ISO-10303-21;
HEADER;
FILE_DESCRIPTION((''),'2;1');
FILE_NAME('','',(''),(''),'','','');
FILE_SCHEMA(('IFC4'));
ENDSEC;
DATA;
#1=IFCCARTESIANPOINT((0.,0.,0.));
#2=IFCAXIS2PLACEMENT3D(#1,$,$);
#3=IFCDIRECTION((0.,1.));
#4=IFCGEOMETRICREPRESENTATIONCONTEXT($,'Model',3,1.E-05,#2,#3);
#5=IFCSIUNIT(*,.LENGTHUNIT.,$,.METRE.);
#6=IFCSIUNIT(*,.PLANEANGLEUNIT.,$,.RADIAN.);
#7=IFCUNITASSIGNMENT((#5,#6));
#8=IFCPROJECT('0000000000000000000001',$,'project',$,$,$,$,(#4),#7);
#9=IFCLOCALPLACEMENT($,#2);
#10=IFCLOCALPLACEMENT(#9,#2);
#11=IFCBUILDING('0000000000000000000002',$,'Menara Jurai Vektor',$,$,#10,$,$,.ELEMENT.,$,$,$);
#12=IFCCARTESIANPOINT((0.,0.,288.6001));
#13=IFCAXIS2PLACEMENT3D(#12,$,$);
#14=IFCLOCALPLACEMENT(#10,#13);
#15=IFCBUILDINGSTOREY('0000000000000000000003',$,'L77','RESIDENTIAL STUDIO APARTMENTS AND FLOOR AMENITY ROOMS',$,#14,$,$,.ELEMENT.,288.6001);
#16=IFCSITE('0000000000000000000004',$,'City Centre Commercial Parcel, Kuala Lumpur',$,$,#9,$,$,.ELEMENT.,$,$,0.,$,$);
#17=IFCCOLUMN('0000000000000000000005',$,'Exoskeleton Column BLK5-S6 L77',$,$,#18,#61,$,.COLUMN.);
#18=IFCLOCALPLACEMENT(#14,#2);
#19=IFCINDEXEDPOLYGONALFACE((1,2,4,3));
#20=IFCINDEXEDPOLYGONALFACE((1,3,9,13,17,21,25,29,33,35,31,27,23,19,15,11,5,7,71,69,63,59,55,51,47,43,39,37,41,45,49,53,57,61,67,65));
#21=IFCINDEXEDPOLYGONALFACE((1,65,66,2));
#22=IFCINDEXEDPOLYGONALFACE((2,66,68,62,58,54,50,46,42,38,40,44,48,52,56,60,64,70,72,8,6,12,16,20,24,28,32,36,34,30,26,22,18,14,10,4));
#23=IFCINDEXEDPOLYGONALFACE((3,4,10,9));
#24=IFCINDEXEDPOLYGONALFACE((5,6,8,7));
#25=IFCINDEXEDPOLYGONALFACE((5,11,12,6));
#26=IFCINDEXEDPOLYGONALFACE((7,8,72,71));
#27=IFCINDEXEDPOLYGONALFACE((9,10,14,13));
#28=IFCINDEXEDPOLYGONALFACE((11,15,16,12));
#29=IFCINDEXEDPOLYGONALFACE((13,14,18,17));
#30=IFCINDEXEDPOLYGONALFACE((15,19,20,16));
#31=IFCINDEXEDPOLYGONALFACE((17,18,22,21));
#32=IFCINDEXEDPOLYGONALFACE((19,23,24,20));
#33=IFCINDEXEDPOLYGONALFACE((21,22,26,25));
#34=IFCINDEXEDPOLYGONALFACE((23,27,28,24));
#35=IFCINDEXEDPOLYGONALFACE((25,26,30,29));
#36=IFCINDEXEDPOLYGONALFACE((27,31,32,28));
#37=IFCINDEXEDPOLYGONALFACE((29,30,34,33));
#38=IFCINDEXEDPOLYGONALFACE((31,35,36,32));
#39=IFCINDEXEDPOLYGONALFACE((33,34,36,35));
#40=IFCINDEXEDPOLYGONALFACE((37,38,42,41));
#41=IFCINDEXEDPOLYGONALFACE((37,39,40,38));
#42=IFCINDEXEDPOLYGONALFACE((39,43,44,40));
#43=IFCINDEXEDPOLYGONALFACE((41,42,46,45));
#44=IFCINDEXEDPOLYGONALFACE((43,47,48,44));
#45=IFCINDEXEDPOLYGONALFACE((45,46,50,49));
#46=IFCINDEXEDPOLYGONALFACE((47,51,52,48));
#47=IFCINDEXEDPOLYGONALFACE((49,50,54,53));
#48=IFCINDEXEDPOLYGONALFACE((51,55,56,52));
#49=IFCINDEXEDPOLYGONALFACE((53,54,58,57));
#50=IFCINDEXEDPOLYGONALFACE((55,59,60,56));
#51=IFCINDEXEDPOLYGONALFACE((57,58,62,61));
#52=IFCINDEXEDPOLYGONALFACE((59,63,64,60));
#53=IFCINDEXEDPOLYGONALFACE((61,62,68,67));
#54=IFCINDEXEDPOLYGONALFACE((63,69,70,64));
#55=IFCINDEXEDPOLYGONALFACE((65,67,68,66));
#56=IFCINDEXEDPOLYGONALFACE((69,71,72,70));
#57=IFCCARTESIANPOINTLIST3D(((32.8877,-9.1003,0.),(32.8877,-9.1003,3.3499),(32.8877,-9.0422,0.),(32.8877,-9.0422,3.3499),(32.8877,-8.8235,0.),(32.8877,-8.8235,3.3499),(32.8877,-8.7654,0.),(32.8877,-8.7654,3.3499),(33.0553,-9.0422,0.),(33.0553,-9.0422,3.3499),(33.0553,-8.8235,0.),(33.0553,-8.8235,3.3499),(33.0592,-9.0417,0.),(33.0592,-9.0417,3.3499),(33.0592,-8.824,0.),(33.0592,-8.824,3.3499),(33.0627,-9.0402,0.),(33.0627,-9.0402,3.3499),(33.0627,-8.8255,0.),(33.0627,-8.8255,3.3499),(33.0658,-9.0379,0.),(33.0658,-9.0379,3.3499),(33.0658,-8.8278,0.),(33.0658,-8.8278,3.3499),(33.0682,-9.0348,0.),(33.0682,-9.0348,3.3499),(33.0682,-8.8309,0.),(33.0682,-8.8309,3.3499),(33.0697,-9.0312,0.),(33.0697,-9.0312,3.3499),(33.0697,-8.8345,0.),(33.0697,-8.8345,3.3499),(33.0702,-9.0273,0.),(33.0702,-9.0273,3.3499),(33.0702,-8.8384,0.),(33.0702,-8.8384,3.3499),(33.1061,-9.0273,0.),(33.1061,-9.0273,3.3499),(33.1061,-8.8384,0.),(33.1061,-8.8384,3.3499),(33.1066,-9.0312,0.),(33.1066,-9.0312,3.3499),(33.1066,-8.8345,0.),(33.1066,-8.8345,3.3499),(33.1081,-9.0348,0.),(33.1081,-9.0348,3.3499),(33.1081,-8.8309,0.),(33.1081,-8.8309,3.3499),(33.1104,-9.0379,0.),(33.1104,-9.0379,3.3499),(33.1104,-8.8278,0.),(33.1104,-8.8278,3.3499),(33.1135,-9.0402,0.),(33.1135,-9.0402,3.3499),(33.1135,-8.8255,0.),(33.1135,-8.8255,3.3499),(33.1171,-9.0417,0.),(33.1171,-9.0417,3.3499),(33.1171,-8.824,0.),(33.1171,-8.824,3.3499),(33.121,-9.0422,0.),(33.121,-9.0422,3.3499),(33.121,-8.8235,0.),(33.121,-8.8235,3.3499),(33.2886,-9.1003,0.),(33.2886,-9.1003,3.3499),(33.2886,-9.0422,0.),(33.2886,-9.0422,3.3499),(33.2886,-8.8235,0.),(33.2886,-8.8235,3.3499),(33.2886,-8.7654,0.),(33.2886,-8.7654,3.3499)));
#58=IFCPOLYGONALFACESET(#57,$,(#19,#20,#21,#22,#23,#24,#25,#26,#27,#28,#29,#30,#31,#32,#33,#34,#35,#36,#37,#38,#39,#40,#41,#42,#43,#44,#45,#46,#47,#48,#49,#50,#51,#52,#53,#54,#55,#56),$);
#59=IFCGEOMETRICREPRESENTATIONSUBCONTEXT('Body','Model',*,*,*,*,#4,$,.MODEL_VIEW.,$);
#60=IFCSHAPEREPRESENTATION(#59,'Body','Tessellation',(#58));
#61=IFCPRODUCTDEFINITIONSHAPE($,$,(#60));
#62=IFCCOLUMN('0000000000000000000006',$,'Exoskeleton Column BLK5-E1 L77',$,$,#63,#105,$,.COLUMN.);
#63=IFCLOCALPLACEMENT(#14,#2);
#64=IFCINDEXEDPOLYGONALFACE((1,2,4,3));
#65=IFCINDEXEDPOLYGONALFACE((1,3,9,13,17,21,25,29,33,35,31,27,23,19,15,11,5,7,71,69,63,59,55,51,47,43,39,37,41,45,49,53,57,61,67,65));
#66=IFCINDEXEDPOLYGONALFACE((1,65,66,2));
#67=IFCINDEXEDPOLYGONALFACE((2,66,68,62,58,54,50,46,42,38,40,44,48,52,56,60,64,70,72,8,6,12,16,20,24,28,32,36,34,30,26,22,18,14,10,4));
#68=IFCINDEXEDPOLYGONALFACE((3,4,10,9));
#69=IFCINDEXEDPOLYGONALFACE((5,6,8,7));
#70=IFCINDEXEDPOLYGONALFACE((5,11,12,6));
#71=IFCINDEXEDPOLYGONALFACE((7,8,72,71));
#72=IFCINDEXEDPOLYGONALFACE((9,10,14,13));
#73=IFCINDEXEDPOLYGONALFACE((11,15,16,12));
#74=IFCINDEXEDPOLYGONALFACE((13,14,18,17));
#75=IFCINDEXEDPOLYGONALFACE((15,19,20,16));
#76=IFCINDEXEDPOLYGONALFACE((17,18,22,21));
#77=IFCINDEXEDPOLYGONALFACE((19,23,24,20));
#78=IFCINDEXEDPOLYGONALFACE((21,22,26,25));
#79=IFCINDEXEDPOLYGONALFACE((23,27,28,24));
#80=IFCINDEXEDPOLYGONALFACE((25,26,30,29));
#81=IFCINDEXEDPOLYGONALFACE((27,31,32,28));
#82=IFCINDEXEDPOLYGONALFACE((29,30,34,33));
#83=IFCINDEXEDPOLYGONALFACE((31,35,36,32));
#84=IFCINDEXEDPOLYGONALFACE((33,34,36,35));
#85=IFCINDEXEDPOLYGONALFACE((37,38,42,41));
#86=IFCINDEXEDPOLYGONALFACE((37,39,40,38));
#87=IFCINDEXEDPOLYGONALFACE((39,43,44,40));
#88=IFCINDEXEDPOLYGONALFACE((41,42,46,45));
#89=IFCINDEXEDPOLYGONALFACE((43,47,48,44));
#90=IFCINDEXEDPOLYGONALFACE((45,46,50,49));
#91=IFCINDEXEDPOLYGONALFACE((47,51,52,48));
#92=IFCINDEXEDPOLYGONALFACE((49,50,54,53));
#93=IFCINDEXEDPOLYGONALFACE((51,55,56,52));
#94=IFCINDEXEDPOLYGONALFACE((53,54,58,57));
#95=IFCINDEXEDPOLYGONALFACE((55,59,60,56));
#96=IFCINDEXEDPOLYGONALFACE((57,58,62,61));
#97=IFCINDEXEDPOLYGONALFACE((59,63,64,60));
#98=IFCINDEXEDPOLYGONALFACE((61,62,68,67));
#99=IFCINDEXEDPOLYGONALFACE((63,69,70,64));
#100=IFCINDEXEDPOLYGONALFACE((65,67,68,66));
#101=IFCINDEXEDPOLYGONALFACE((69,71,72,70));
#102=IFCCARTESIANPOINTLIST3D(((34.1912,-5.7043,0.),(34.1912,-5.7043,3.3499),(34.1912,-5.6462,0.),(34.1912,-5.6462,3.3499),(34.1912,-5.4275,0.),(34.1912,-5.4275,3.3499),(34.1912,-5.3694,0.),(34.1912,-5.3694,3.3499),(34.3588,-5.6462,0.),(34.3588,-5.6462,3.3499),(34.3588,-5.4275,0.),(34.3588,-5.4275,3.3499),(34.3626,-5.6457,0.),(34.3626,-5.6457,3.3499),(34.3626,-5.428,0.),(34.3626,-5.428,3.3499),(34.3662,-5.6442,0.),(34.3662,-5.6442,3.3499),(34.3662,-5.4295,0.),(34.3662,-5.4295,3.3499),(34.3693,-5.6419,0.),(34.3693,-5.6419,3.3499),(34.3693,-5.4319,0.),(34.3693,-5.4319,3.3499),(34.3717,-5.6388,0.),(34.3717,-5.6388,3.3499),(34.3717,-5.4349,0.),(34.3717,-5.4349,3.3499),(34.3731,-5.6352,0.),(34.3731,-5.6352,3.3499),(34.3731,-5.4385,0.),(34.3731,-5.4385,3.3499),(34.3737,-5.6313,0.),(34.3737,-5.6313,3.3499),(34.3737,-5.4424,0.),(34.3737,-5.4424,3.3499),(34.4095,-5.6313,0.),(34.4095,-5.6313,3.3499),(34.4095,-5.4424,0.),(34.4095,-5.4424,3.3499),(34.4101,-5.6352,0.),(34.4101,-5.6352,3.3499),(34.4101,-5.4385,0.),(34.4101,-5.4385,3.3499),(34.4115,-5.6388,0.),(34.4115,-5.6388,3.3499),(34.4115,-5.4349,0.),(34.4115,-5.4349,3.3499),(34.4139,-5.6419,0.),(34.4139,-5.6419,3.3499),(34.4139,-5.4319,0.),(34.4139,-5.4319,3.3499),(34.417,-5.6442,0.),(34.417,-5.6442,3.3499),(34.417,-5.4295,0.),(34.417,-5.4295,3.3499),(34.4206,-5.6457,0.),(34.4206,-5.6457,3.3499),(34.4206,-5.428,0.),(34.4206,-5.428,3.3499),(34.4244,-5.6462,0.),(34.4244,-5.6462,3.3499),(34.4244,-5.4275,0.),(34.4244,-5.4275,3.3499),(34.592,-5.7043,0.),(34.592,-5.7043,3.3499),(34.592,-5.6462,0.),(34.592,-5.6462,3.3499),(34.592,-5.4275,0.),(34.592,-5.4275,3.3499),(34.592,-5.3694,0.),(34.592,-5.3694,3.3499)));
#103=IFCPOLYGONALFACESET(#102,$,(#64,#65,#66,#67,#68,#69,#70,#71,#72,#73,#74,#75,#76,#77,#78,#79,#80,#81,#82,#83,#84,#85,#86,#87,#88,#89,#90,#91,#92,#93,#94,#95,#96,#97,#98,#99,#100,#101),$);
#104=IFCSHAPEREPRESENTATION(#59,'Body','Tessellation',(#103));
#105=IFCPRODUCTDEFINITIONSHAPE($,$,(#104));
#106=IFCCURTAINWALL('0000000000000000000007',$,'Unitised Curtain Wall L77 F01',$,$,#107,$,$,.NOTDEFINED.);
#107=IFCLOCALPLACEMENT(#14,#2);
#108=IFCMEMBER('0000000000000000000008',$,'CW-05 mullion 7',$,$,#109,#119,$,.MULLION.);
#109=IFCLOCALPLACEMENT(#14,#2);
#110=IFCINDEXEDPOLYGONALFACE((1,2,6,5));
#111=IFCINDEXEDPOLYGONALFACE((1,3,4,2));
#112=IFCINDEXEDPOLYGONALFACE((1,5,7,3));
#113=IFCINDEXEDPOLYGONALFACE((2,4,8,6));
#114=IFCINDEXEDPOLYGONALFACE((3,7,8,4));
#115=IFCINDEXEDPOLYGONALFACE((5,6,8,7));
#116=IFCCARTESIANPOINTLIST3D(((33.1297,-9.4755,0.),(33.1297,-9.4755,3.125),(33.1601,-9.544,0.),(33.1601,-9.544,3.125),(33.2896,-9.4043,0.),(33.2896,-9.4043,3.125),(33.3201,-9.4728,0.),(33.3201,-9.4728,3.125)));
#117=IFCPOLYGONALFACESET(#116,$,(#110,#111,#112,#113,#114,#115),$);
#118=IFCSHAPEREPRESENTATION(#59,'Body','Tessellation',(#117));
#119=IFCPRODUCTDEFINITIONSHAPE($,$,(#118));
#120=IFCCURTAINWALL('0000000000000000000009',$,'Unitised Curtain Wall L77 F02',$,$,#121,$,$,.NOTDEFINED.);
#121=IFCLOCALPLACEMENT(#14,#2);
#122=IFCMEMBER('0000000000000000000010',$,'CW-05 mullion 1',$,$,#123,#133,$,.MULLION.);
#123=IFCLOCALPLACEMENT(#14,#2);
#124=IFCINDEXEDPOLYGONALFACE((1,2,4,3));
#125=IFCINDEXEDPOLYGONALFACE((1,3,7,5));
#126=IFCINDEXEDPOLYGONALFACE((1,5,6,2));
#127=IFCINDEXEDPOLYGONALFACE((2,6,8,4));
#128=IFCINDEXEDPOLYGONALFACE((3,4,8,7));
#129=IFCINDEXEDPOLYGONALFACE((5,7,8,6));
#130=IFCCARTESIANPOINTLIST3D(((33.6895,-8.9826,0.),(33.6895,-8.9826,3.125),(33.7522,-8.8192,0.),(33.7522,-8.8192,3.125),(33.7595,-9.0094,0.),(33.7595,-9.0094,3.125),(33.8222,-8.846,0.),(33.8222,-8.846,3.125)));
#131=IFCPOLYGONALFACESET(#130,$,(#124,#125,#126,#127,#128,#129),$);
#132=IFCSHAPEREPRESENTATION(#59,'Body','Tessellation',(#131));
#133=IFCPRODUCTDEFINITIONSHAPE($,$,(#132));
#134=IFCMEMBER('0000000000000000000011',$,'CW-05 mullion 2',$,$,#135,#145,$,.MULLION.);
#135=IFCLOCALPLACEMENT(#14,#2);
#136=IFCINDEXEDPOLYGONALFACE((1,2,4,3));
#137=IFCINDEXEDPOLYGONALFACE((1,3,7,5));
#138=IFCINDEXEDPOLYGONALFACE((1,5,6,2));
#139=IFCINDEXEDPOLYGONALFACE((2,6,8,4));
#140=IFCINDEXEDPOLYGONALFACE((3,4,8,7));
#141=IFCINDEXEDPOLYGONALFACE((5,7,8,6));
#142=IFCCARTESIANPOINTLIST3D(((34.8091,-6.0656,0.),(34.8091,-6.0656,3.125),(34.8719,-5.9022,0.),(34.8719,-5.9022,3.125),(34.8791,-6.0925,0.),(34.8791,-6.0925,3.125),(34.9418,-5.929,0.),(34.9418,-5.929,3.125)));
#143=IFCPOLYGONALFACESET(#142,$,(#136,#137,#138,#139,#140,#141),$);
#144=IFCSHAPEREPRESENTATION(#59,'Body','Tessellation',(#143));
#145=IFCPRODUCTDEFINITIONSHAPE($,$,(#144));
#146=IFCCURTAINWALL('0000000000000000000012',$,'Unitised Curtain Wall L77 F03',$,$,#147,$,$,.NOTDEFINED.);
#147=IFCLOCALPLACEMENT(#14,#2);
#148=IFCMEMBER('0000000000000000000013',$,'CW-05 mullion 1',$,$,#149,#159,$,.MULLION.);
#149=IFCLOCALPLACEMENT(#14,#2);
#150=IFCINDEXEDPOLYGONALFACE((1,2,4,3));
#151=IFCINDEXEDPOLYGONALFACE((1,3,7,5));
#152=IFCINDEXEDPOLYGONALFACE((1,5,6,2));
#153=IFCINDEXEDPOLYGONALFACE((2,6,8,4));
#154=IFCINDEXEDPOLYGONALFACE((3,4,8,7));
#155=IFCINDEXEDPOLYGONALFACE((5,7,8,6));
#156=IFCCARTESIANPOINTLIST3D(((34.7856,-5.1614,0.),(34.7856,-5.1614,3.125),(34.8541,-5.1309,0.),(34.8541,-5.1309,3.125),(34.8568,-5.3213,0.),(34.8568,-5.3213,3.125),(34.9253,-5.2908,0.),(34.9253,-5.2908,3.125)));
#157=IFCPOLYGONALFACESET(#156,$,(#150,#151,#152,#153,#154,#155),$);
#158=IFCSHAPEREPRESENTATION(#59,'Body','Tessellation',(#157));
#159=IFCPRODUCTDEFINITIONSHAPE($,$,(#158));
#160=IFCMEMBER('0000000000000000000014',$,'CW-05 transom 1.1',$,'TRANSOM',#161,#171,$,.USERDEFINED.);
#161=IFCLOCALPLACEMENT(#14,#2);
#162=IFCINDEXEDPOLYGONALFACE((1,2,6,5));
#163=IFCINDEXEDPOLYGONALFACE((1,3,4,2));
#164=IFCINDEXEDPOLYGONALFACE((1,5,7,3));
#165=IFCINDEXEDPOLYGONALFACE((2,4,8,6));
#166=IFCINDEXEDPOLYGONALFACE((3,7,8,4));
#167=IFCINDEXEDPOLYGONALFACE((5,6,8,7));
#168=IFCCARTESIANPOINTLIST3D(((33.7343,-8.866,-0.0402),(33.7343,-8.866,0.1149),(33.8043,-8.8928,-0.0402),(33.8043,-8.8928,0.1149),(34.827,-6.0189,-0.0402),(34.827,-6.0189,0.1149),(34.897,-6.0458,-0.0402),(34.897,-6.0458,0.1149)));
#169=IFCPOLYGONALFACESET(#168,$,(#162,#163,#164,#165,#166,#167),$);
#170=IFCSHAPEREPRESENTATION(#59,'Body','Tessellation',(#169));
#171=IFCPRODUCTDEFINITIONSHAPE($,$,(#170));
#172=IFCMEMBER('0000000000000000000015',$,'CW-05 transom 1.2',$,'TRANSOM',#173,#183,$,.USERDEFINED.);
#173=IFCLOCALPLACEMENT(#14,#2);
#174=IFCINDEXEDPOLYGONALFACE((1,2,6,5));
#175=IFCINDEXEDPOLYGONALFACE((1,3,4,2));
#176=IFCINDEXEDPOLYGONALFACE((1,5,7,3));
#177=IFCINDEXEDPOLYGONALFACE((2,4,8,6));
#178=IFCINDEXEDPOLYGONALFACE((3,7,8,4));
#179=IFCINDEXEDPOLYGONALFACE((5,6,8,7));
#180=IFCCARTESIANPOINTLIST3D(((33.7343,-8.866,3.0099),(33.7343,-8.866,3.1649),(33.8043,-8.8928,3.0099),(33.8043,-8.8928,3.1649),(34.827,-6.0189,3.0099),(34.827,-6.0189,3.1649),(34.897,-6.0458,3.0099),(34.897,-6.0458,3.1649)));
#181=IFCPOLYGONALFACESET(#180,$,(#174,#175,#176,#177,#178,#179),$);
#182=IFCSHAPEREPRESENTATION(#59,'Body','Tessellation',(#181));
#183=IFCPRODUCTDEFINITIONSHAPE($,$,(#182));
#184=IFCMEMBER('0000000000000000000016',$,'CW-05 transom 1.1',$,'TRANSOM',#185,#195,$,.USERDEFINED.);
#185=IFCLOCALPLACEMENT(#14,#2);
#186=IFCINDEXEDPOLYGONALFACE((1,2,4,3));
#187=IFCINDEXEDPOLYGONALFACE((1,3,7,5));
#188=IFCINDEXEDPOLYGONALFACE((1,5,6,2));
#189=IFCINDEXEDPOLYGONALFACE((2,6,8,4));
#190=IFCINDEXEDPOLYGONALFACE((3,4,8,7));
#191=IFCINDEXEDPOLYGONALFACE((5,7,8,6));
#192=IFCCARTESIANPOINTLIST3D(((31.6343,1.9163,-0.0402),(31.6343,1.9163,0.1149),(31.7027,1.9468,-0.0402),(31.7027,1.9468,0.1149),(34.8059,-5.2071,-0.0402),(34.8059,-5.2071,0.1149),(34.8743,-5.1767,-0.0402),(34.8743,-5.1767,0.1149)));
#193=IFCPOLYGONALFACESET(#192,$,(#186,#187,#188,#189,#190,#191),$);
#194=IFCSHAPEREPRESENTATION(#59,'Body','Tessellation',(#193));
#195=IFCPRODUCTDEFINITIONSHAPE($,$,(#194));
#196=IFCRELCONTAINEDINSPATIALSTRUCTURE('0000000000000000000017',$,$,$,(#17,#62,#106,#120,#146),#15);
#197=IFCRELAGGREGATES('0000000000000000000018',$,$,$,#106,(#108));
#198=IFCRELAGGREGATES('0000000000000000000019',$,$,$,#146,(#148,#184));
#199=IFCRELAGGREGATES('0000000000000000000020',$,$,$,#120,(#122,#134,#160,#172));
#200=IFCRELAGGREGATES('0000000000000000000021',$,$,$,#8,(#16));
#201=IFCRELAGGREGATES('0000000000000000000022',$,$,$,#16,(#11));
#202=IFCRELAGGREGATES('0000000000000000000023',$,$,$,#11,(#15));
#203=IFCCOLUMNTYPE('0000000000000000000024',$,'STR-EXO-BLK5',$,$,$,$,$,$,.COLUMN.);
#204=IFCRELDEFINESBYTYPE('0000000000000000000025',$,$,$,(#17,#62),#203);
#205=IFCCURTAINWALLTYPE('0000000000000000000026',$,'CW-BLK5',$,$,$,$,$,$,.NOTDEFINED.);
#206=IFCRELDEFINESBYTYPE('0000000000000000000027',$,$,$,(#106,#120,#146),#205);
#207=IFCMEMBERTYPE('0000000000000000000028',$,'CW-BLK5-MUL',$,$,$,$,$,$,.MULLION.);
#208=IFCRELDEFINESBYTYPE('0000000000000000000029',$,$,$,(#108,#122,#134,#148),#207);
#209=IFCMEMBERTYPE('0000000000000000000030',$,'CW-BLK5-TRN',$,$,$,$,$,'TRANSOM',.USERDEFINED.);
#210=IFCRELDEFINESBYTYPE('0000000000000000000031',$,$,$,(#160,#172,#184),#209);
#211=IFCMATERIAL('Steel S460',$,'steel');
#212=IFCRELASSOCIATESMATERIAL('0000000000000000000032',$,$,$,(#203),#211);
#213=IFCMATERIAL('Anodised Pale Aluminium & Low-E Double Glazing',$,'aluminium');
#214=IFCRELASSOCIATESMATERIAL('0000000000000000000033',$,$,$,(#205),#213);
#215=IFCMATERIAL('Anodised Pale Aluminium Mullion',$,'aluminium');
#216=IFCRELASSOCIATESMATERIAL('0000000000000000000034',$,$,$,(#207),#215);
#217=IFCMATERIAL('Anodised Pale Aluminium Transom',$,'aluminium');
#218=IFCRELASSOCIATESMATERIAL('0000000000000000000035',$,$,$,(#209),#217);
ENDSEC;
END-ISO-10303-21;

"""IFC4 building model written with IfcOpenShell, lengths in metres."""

from ifc_helpers import new_model, si_unit, direction, frame, origin, origin_2d, place, context, subcontext, project, spatial, rectangle, i_section, extrude, material, material_profile, profile_set, type_object, element, aggregate, save


model = new_model("IFC4")

# Units and contexts
model_context = context("Model", 3, precision=1e-05, world=origin(), true_north=direction((0.0, 1.0)))
body_context = subcontext(model_context, "Body", "Model", "MODEL_VIEW")
ifc_project = project(units=[si_unit("LENGTHUNIT", "METRE"), si_unit("PLANEANGLEUNIT", "RADIAN")], contexts=[model_context])

# Site, building, storey
site_placement = place(None, origin())
site = spatial("IfcSite", under=ifc_project, at=site_placement, Name="City Centre Commercial Parcel, Kuala Lumpur", CompositionType="ELEMENT", RefElevation=0.0)
building_placement = place(site_placement, origin())
building = spatial("IfcBuilding", under=site, at=building_placement, Name="Menara Jurai Vektor", CompositionType="ELEMENT")
storey_placement = place(building_placement, frame((0.0, 0.0, 288.6001)))
storey = spatial("IfcBuildingStorey", under=building, at=storey_placement, Name="L77", Description="RESIDENTIAL STUDIO APARTMENTS AND FLOOR AMENITY ROOMS", CompositionType="ELEMENT", Elevation=288.6001)

# Columns
ifc_material_1 = material(Name="Steel S460", Category="steel")
ifc_material_profile_1 = material_profile(ifc_material_1, i_section(OverallWidth=0.4009, OverallDepth=0.335, WebThickness=0.0359, FlangeThickness=0.0581, FilletRadius=0.0149, at=origin_2d()), Name="HD 400x463")
ifc_profile_set_1 = profile_set([ifc_material_profile_1], Name="Steel S460")
column_type = type_object("IfcColumnType", Name="STR-EXO-BLK5", PredefinedType="COLUMN", material=ifc_profile_set_1)
for number, where, z_axis, x_axis, name in (
    (1, (33.0881, -8.9329, 0.0), (0.0, 0.0, 1.0), (1.0, 0.0, 0.0), "Exoskeleton Column BLK5-S6 L77"),
    (2, (34.3916, -5.5369, 0.0), (0.0, 0.0, 1.0), (1.0, 0.0, 0.0), "Exoskeleton Column BLK5-E1 L77"),
):
    element("IfcColumn", number, at=place(storey_placement, frame(where, z_axis=z_axis, x_axis=x_axis)), inside=storey, type_object=column_type, Name=name, PredefinedType="COLUMN", context=body_context, shape_type="SweptSolid", body=[
        extrude(i_section(OverallWidth=0.4009, OverallDepth=0.335, WebThickness=0.0359, FlangeThickness=0.0581, FilletRadius=0.0149, at=origin_2d()), origin(), (0.0, 0.0, 1.0), 3.3499),
    ])

# Curtain wall, member
ifc_material_2 = material(Name="Anodised Pale Aluminium & Low-E Double Glazing", Category="aluminium")
curtain_wall_type = type_object("IfcCurtainWallType", Name="CW-BLK5", PredefinedType="NOTDEFINED", material=ifc_material_2)
curtain_wall_1_placement = place(storey_placement, origin())
curtain_wall_1 = element("IfcCurtainWall", 3, at=curtain_wall_1_placement, inside=storey, type_object=curtain_wall_type, Name="Unitised Curtain Wall L77 F01", PredefinedType="NOTDEFINED")
ifc_material_3 = material(Name="Anodised Pale Aluminium Mullion", Category="aluminium")
ifc_material_profile_2 = material_profile(ifc_material_3, rectangle(XDim=0.075, YDim=0.175, at=origin_2d()), Name="ALU MUL 75x175")
ifc_profile_set_2 = profile_set([ifc_material_profile_2], Name="Anodised Pale Aluminium Mullion")
member_type_1 = type_object("IfcMemberType", Name="CW-BLK5-MUL", PredefinedType="MULLION", material=ifc_profile_set_2)
member_1_placement = place(storey_placement, frame((33.2249, -9.4741, 0.0), z_axis=(0.0, 0.0, 1.0), x_axis=(-0.406735, 0.913546, 0.0)))
member_1 = element("IfcMember", 4, at=member_1_placement, type_object=member_type_1, Name="CW-05 mullion 7", PredefinedType="MULLION", context=body_context, shape_type="SweptSolid", body=[
    extrude(rectangle(XDim=0.075, YDim=0.175, at=origin_2d()), origin(), (0.0, 0.0, 1.0), 3.125),
])

# Curtain wall, members
curtain_wall_2_placement = place(storey_placement, origin())
curtain_wall_2 = element("IfcCurtainWall", 5, at=curtain_wall_2_placement, inside=storey, type_object=curtain_wall_type, Name="Unitised Curtain Wall L77 F02", PredefinedType="NOTDEFINED")
member_2_placement = place(storey_placement, frame((33.7559, -8.9143, 0.0), z_axis=(0.0, 0.0, 1.0), x_axis=(-0.933578, 0.358374, 0.0)))
member_2 = element("IfcMember", 6, at=member_2_placement, type_object=member_type_1, Name="CW-05 mullion 1", PredefinedType="MULLION", context=body_context, shape_type="SweptSolid", body=[
    extrude(rectangle(XDim=0.075, YDim=0.175, at=origin_2d()), origin(), (0.0, 0.0, 1.0), 3.125),
])
member_3_placement = place(storey_placement, frame((34.8755, -5.9973, 0.0), z_axis=(0.0, 0.0, 1.0), x_axis=(-0.933578, 0.358374, 0.0)))
member_3 = element("IfcMember", 7, at=member_3_placement, type_object=member_type_1, Name="CW-05 mullion 2", PredefinedType="MULLION", context=body_context, shape_type="SweptSolid", body=[
    extrude(rectangle(XDim=0.075, YDim=0.175, at=origin_2d()), origin(), (0.0, 0.0, 1.0), 3.125),
])

# Curtain wall, member
curtain_wall_3_placement = place(storey_placement, origin())
curtain_wall_3 = element("IfcCurtainWall", 8, at=curtain_wall_3_placement, inside=storey, type_object=curtain_wall_type, Name="Unitised Curtain Wall L77 F03", PredefinedType="NOTDEFINED")
member_4_placement = place(storey_placement, frame((34.8555, -5.2261, 0.0), z_axis=(0.0, 0.0, 1.0), x_axis=(-0.913546, -0.406735, 0.0)))
member_4 = element("IfcMember", 9, at=member_4_placement, type_object=member_type_1, Name="CW-05 mullion 1", PredefinedType="MULLION", context=body_context, shape_type="SweptSolid", body=[
    extrude(rectangle(XDim=0.075, YDim=0.175, at=origin_2d()), origin(), (0.0, 0.0, 1.0), 3.125),
])

# Members
ifc_material_4 = material(Name="Anodised Pale Aluminium Transom", Category="aluminium")
ifc_material_profile_3 = material_profile(ifc_material_4, rectangle(XDim=0.075, YDim=0.155, at=origin_2d()), Name="ALU TRN 75x155")
ifc_profile_set_3 = profile_set([ifc_material_profile_3], Name="Anodised Pale Aluminium Transom")
member_type_2 = type_object("IfcMemberType", Name="CW-BLK5-TRN", ElementType="TRANSOM", PredefinedType="USERDEFINED", material=ifc_profile_set_3)
member_5_placement = place(storey_placement, frame((33.7693, -8.8794, 0.0374), z_axis=(0.358325, 0.933597, 0.0), x_axis=(-0.933597, 0.358325, 0.0)))
member_5 = element("IfcMember", 10, at=member_5_placement, type_object=member_type_2, Name="CW-05 transom 1.1", ObjectType="TRANSOM", PredefinedType="USERDEFINED", context=body_context, shape_type="SweptSolid", body=[
    extrude(rectangle(XDim=0.075, YDim=0.155, at=origin_2d()), origin(), (0.0, 0.0, 1.0), 3.0496),
])
member_6_placement = place(storey_placement, frame((33.7693, -8.8794, 3.0874), z_axis=(0.358325, 0.933597, 0.0), x_axis=(-0.933597, 0.358325, 0.0)))
member_6 = element("IfcMember", 11, at=member_6_placement, type_object=member_type_2, Name="CW-05 transom 1.2", ObjectType="TRANSOM", PredefinedType="USERDEFINED", context=body_context, shape_type="SweptSolid", body=[
    extrude(rectangle(XDim=0.075, YDim=0.155, at=origin_2d()), origin(), (0.0, 0.0, 1.0), 3.0496),
])
member_7_placement = place(storey_placement, frame((34.8401, -5.1919, 0.0374), z_axis=(-0.40674, 0.913544, 0.0), x_axis=(-0.913544, -0.40674, 0.0)))
member_7 = element("IfcMember", 12, at=member_7_placement, type_object=member_type_2, Name="CW-05 transom 1.1", ObjectType="TRANSOM", PredefinedType="USERDEFINED", context=body_context, shape_type="SweptSolid", body=[
    extrude(rectangle(XDim=0.075, YDim=0.155, at=origin_2d()), origin(), (0.0, 0.0, 1.0), 7.7976),
])

aggregate(curtain_wall_1, [member_1])
aggregate(curtain_wall_3, [member_4, member_7])
aggregate(curtain_wall_2, [member_2, member_3, member_5, member_6])

save(model, "model.ifc")
